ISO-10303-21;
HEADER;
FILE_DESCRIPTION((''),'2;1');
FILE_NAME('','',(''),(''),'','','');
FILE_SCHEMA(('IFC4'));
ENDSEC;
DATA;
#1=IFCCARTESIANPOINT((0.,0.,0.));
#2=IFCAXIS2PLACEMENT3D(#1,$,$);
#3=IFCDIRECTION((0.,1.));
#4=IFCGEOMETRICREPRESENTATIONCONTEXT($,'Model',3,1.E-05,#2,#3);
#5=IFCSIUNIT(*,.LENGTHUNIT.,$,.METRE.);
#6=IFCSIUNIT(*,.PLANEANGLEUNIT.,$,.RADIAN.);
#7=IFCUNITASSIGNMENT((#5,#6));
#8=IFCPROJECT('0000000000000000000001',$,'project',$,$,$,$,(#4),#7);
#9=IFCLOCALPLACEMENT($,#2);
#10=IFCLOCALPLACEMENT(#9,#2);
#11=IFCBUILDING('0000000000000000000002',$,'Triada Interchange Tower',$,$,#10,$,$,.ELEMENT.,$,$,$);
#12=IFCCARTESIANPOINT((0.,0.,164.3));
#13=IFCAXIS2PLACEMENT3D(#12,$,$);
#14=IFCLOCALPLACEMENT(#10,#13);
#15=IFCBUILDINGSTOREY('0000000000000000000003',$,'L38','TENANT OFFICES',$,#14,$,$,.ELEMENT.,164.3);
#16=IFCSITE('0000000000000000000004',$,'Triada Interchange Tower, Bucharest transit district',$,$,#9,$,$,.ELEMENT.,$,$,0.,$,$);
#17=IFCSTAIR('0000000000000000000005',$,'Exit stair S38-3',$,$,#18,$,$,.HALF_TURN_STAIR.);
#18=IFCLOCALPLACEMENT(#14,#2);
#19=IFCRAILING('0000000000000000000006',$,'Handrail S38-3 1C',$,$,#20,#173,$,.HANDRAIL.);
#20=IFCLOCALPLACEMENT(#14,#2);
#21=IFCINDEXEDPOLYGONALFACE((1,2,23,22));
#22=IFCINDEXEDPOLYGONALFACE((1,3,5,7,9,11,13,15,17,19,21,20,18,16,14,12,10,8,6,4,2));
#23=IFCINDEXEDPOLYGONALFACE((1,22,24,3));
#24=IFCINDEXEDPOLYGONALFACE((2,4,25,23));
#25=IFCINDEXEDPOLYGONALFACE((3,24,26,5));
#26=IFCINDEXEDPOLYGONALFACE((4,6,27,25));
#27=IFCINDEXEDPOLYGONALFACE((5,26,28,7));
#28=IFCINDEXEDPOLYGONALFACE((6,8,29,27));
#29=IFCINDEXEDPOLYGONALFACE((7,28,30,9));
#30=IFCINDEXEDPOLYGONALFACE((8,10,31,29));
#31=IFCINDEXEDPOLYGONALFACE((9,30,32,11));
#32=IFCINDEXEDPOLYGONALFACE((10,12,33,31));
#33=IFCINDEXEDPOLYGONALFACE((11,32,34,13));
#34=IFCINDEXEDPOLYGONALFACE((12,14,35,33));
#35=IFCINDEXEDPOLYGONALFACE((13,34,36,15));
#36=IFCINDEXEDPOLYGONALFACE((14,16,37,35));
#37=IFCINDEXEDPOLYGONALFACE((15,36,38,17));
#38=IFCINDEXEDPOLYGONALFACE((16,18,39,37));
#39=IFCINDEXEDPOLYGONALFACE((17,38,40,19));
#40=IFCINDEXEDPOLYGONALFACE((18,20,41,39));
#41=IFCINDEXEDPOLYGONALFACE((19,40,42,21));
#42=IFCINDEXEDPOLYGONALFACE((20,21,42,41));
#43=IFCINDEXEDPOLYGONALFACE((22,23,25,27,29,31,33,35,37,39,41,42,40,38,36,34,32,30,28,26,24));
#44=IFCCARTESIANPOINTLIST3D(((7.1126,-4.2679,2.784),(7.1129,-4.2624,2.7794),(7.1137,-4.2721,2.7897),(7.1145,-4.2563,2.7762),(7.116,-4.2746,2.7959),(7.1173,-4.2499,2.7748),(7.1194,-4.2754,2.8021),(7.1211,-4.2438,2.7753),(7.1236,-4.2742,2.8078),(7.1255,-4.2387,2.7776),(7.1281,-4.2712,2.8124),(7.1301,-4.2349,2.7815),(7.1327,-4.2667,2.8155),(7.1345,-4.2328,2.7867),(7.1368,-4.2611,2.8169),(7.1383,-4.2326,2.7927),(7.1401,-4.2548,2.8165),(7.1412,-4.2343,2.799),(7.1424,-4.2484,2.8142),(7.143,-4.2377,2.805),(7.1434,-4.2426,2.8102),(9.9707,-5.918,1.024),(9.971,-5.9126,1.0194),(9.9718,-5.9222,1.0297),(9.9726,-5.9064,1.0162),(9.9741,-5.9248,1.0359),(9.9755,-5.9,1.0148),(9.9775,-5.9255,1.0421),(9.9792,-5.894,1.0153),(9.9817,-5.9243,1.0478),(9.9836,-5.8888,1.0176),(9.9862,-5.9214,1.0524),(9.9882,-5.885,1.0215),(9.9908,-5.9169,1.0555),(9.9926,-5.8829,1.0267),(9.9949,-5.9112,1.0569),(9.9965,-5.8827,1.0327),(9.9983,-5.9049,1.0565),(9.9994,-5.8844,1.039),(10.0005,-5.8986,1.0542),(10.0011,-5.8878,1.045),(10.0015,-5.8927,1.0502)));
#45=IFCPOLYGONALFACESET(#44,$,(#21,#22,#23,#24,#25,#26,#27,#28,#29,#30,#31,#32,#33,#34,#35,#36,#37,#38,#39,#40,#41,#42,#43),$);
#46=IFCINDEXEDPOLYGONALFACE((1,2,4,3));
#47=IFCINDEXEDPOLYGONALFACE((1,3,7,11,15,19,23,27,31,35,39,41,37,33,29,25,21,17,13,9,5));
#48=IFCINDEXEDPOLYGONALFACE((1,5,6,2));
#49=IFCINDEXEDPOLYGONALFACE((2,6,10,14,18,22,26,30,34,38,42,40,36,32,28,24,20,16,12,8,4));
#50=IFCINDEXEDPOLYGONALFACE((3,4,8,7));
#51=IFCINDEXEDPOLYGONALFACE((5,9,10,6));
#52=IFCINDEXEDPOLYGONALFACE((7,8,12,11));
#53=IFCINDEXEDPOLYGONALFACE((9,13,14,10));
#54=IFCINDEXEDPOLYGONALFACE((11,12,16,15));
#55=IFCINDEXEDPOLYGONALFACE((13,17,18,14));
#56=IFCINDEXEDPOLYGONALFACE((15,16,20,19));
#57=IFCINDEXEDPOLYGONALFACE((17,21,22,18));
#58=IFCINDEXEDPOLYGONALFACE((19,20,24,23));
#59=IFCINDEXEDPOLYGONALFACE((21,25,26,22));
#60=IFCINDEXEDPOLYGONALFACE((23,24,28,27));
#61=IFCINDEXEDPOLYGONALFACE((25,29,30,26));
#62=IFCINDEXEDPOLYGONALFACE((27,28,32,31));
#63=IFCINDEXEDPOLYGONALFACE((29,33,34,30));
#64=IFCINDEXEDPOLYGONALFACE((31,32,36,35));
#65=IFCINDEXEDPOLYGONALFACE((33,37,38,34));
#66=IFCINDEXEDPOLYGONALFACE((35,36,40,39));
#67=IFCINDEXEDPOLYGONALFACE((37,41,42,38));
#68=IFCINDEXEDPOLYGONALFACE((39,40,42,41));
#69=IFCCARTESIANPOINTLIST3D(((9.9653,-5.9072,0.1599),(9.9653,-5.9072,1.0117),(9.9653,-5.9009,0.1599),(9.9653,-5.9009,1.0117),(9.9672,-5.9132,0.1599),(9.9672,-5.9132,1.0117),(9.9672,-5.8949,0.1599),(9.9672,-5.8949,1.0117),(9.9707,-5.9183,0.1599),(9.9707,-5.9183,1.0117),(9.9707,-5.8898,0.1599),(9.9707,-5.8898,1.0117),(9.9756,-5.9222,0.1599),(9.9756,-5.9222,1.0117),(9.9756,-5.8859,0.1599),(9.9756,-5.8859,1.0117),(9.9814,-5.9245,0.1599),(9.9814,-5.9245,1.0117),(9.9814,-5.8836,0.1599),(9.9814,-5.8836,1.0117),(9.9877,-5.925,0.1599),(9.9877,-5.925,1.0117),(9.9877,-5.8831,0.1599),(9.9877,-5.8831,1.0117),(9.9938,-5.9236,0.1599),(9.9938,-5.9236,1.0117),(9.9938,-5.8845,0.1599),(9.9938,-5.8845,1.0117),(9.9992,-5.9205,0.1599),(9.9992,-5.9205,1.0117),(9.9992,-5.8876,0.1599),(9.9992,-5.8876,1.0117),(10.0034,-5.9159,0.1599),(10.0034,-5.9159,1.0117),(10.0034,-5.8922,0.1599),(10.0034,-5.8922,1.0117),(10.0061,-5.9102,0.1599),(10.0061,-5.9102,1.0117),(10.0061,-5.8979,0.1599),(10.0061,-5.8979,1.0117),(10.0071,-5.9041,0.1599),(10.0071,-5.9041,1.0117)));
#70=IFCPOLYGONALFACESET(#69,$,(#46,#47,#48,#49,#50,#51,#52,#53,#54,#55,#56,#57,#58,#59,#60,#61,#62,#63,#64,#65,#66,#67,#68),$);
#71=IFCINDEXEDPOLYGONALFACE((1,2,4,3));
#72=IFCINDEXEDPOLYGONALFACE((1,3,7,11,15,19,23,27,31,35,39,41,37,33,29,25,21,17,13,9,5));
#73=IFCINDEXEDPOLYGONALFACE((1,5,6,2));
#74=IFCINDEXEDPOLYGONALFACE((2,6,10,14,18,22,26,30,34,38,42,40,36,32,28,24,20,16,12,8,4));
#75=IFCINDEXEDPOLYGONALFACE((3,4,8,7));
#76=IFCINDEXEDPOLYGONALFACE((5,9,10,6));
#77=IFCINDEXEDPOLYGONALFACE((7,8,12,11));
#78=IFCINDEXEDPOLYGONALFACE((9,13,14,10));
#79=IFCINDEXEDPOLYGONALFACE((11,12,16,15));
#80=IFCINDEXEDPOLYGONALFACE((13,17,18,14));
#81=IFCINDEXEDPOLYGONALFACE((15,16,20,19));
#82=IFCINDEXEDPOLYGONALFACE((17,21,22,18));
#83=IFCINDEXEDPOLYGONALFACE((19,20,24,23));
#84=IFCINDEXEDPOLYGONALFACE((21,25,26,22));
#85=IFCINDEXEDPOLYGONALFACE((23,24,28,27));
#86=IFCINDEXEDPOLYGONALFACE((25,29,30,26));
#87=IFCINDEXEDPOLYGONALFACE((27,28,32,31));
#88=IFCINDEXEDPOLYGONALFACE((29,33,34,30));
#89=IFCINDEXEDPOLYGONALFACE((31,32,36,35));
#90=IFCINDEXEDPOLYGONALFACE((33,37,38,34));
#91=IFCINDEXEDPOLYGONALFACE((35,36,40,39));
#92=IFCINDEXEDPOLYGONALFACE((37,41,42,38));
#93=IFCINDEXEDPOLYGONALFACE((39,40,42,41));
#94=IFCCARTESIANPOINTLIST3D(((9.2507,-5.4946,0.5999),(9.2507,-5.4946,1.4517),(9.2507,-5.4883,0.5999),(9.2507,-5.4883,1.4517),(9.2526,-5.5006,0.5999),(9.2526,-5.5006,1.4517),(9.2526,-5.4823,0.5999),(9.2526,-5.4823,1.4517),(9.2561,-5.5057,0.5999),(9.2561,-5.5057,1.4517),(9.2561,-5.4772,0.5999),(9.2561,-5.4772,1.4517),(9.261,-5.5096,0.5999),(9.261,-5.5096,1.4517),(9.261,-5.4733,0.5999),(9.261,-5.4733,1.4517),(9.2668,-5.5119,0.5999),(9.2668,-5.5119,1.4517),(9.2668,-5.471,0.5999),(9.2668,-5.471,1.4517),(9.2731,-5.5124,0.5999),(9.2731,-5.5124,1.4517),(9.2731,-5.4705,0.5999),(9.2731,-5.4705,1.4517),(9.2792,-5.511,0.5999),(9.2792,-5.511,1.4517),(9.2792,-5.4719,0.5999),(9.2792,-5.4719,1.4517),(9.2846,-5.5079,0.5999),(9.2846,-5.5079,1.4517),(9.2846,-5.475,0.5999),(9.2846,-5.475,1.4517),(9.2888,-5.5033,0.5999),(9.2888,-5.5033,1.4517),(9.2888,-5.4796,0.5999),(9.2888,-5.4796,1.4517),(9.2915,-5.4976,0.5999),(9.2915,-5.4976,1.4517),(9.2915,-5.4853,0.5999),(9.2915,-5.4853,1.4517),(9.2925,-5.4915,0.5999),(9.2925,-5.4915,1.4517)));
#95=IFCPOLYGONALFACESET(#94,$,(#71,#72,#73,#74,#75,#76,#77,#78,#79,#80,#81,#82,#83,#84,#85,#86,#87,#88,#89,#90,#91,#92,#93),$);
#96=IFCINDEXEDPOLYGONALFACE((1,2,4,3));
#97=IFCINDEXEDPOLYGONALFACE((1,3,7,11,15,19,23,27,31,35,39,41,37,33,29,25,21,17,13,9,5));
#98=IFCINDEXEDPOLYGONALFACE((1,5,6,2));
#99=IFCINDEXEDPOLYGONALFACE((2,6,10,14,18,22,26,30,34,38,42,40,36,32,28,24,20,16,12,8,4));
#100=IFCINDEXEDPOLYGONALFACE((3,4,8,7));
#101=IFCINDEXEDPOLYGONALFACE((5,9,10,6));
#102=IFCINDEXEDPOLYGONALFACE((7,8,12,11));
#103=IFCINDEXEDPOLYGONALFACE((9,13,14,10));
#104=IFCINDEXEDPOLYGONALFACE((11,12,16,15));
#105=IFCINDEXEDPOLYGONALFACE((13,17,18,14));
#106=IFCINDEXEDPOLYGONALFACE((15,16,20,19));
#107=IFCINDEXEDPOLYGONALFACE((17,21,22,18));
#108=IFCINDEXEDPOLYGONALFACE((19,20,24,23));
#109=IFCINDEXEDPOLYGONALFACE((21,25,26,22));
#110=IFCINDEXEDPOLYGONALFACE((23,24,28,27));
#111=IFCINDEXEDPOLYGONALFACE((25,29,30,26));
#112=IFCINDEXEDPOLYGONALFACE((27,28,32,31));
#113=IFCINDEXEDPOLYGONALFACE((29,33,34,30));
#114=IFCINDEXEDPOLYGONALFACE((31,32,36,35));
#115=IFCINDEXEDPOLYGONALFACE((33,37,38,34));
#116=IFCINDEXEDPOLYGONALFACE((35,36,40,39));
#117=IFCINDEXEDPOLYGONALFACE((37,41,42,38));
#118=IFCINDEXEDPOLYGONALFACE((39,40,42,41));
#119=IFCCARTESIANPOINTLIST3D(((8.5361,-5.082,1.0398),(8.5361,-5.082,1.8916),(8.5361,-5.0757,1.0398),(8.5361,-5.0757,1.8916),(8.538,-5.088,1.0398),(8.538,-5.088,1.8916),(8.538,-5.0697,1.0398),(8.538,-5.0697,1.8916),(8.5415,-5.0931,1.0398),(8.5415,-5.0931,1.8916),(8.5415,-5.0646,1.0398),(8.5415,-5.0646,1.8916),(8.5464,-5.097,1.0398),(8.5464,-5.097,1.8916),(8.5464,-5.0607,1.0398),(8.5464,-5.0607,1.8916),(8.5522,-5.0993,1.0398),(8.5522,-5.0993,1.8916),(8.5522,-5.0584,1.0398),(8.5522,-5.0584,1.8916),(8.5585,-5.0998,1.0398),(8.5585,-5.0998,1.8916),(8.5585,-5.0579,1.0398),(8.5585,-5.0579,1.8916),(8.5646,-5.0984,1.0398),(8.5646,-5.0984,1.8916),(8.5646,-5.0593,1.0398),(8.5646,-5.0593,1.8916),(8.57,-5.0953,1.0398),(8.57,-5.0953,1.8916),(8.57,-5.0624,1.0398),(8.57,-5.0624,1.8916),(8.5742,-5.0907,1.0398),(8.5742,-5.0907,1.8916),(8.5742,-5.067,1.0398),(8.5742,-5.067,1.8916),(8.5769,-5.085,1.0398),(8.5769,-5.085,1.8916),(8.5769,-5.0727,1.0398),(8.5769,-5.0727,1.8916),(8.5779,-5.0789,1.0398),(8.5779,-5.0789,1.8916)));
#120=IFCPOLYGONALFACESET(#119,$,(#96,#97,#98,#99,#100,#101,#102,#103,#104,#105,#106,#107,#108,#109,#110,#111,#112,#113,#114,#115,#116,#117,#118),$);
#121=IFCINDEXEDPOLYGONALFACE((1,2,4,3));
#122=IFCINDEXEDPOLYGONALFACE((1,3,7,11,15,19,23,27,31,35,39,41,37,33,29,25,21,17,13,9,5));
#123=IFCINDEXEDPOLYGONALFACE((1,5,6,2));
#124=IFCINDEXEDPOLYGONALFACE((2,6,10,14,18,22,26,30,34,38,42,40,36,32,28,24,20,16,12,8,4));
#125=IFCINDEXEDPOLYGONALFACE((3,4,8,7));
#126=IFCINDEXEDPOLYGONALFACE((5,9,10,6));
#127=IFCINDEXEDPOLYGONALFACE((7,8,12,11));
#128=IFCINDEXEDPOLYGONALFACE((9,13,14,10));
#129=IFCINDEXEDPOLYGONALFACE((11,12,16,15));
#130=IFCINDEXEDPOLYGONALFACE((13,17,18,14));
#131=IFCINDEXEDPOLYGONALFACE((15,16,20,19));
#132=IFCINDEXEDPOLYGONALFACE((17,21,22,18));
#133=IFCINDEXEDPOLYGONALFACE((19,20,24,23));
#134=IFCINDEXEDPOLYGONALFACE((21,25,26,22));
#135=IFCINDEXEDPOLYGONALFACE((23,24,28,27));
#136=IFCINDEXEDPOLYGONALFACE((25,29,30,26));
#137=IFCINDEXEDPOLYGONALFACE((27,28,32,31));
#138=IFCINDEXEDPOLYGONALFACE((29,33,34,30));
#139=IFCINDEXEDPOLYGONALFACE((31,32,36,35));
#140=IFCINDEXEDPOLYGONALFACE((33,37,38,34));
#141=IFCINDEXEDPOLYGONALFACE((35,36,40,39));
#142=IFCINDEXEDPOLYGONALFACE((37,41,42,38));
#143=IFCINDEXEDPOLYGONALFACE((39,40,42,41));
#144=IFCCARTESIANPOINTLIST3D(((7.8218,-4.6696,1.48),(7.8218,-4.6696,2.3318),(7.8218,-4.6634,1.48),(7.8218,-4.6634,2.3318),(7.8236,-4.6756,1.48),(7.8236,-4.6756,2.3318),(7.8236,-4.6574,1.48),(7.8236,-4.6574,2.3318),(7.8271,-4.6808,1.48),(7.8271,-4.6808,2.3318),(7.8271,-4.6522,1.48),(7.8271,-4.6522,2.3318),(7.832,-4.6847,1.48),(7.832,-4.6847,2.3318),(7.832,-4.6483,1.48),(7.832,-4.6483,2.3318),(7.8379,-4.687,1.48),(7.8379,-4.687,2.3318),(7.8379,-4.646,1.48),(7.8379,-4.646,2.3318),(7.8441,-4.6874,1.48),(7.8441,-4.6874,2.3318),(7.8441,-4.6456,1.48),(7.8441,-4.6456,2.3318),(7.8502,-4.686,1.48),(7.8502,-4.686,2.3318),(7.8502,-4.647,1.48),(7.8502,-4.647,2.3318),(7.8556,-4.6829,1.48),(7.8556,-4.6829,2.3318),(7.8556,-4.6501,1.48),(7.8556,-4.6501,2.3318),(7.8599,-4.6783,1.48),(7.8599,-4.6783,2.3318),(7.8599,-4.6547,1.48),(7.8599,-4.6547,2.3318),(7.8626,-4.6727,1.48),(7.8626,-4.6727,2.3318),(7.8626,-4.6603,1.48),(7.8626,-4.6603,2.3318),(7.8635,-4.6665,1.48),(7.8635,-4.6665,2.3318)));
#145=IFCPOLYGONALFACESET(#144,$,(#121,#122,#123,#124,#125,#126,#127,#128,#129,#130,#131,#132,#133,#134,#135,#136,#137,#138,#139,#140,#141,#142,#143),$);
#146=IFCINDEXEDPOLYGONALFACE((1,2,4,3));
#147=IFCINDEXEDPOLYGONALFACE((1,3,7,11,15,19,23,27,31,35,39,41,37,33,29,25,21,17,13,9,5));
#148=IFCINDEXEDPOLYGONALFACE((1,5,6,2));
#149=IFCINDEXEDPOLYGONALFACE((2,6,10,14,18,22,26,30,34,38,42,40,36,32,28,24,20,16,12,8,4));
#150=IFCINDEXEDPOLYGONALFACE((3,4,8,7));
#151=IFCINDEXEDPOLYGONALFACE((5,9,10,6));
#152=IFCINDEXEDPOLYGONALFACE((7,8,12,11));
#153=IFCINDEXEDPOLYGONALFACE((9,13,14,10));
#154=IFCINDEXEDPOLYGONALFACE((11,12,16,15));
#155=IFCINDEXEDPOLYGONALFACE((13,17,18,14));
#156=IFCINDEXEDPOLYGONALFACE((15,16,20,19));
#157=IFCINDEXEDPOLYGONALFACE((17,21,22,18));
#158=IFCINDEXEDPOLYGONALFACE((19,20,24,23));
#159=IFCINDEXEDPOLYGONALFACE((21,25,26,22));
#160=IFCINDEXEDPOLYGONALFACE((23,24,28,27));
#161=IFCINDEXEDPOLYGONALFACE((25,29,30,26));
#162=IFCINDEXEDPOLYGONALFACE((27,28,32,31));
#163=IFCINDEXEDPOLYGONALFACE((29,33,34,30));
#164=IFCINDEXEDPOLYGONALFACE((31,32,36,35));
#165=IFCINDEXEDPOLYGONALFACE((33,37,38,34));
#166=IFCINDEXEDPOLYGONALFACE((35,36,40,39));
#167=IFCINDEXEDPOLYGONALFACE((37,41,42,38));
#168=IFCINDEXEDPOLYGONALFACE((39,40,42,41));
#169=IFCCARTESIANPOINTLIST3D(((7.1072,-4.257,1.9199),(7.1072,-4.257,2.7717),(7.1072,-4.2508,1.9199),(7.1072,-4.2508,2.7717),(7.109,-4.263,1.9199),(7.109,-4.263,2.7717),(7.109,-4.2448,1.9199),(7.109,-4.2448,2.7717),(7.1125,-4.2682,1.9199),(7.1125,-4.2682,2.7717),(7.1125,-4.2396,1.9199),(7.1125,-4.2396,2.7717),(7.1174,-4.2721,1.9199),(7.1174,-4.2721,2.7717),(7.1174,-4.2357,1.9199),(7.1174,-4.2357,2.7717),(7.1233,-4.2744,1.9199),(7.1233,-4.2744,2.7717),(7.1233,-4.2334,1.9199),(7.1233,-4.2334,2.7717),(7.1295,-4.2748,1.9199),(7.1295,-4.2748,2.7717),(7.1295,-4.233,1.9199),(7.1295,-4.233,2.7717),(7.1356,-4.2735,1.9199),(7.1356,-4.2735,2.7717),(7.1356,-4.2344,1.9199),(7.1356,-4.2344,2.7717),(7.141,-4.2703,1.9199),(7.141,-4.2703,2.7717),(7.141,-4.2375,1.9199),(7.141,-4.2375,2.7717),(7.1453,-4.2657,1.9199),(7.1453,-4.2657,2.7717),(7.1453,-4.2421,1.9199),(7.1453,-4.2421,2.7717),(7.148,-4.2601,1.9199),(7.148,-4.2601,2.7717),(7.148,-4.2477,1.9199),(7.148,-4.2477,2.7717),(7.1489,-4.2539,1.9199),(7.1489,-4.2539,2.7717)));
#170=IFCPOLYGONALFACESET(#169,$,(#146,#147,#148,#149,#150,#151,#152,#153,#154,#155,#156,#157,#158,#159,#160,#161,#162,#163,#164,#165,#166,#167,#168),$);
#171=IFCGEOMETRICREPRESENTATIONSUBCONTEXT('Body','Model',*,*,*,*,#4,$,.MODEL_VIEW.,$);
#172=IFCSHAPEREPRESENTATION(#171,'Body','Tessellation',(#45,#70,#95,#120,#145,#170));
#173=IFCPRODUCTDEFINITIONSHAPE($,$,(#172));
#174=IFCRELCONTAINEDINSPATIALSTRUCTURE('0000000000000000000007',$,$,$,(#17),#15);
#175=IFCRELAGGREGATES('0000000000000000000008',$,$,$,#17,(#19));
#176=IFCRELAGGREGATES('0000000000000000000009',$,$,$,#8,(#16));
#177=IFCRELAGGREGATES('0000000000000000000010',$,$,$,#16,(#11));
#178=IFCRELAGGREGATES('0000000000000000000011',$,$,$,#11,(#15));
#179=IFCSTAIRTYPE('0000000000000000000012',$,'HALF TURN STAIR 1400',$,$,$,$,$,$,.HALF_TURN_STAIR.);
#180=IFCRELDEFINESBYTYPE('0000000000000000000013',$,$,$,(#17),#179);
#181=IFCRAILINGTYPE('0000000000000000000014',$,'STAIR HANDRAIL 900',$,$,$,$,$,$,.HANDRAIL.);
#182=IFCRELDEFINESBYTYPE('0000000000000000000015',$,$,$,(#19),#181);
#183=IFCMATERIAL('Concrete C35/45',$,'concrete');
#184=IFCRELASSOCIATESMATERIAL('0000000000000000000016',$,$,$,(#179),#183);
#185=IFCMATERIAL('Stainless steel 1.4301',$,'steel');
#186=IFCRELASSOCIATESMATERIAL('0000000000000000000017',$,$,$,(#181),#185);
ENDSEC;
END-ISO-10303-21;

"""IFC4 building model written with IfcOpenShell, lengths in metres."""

from ifc_helpers import new_model, si_unit, direction, frame, origin, origin_2d, place, context, subcontext, project, spatial, circle, extrude, material, type_object, element, aggregate, save


model = new_model("IFC4")

# Units and contexts
model_context = context("Model", 3, precision=1e-05, world=origin(), true_north=direction((0.0, 1.0)))
body_context = subcontext(model_context, "Body", "Model", "MODEL_VIEW")
ifc_project = project(units=[si_unit("LENGTHUNIT", "METRE"), si_unit("PLANEANGLEUNIT", "RADIAN")], contexts=[model_context])

# Site, building, storey
site_placement = place(None, origin())
site = spatial("IfcSite", under=ifc_project, at=site_placement, Name="Triada Interchange Tower, Bucharest transit district", CompositionType="ELEMENT", RefElevation=0.0)
building_placement = place(site_placement, origin())
building = spatial("IfcBuilding", under=site, at=building_placement, Name="Triada Interchange Tower", CompositionType="ELEMENT")
storey_placement = place(building_placement, frame((0.0, 0.0, 164.3)))
storey = spatial("IfcBuildingStorey", under=building, at=storey_placement, Name="L38", Description="TENANT OFFICES", CompositionType="ELEMENT", Elevation=164.3)

# Stair, railing
ifc_material_1 = material(Name="Concrete C35/45", Category="concrete")
stair_type = type_object("IfcStairType", Name="HALF TURN STAIR 1400", PredefinedType="HALF_TURN_STAIR", material=ifc_material_1)
stair_placement = place(storey_placement, origin())
stair = element("IfcStair", 1, at=stair_placement, inside=storey, type_object=stair_type, Name="Exit stair S38-3", PredefinedType="HALF_TURN_STAIR")
ifc_material_2 = material(Name="Stainless steel 1.4301", Category="steel")
railing_type = type_object("IfcRailingType", Name="STAIR HANDRAIL 900", PredefinedType="HANDRAIL", material=ifc_material_2)
railing_1_placement = place(storey_placement, frame((9.9861, -5.9041, 0.1599)))
railing_1 = element("IfcRailing", 2, at=railing_1_placement, type_object=railing_type, Name="Handrail S38-3 1C", PredefinedType="HANDRAIL", context=body_context, shape_type="SweptSolid", body=[
    extrude(circle(Radius=0.0239, at=origin_2d()), frame((0.0, 0.0, 0.876), z_axis=(-0.764156, 0.441183, 0.470556), x_axis=(-0.499998, -0.866027, 0.0)), (0.0, 0.0, 1.0), 3.7402),
    extrude(circle(Radius=0.021, at=origin_2d()), origin(), (0.0, 0.0, 1.0), 0.8518),
    extrude(circle(Radius=0.021, at=origin_2d()), frame((-0.7146, 0.4126, 0.4399)), (0.0, 0.0, 1.0), 0.8518),
    extrude(circle(Radius=0.021, at=origin_2d()), frame((-1.4292, 0.8252, 0.8799)), (0.0, 0.0, 1.0), 0.8518),
    extrude(circle(Radius=0.021, at=origin_2d()), frame((-2.1436, 1.2375, 1.3201)), (0.0, 0.0, 1.0), 0.8518),
    extrude(circle(Radius=0.021, at=origin_2d()), frame((-2.8582, 1.6501, 1.76)), (0.0, 0.0, 1.0), 0.8518),
])
aggregate(stair, [railing_1])

save(model, "model.ifc")
